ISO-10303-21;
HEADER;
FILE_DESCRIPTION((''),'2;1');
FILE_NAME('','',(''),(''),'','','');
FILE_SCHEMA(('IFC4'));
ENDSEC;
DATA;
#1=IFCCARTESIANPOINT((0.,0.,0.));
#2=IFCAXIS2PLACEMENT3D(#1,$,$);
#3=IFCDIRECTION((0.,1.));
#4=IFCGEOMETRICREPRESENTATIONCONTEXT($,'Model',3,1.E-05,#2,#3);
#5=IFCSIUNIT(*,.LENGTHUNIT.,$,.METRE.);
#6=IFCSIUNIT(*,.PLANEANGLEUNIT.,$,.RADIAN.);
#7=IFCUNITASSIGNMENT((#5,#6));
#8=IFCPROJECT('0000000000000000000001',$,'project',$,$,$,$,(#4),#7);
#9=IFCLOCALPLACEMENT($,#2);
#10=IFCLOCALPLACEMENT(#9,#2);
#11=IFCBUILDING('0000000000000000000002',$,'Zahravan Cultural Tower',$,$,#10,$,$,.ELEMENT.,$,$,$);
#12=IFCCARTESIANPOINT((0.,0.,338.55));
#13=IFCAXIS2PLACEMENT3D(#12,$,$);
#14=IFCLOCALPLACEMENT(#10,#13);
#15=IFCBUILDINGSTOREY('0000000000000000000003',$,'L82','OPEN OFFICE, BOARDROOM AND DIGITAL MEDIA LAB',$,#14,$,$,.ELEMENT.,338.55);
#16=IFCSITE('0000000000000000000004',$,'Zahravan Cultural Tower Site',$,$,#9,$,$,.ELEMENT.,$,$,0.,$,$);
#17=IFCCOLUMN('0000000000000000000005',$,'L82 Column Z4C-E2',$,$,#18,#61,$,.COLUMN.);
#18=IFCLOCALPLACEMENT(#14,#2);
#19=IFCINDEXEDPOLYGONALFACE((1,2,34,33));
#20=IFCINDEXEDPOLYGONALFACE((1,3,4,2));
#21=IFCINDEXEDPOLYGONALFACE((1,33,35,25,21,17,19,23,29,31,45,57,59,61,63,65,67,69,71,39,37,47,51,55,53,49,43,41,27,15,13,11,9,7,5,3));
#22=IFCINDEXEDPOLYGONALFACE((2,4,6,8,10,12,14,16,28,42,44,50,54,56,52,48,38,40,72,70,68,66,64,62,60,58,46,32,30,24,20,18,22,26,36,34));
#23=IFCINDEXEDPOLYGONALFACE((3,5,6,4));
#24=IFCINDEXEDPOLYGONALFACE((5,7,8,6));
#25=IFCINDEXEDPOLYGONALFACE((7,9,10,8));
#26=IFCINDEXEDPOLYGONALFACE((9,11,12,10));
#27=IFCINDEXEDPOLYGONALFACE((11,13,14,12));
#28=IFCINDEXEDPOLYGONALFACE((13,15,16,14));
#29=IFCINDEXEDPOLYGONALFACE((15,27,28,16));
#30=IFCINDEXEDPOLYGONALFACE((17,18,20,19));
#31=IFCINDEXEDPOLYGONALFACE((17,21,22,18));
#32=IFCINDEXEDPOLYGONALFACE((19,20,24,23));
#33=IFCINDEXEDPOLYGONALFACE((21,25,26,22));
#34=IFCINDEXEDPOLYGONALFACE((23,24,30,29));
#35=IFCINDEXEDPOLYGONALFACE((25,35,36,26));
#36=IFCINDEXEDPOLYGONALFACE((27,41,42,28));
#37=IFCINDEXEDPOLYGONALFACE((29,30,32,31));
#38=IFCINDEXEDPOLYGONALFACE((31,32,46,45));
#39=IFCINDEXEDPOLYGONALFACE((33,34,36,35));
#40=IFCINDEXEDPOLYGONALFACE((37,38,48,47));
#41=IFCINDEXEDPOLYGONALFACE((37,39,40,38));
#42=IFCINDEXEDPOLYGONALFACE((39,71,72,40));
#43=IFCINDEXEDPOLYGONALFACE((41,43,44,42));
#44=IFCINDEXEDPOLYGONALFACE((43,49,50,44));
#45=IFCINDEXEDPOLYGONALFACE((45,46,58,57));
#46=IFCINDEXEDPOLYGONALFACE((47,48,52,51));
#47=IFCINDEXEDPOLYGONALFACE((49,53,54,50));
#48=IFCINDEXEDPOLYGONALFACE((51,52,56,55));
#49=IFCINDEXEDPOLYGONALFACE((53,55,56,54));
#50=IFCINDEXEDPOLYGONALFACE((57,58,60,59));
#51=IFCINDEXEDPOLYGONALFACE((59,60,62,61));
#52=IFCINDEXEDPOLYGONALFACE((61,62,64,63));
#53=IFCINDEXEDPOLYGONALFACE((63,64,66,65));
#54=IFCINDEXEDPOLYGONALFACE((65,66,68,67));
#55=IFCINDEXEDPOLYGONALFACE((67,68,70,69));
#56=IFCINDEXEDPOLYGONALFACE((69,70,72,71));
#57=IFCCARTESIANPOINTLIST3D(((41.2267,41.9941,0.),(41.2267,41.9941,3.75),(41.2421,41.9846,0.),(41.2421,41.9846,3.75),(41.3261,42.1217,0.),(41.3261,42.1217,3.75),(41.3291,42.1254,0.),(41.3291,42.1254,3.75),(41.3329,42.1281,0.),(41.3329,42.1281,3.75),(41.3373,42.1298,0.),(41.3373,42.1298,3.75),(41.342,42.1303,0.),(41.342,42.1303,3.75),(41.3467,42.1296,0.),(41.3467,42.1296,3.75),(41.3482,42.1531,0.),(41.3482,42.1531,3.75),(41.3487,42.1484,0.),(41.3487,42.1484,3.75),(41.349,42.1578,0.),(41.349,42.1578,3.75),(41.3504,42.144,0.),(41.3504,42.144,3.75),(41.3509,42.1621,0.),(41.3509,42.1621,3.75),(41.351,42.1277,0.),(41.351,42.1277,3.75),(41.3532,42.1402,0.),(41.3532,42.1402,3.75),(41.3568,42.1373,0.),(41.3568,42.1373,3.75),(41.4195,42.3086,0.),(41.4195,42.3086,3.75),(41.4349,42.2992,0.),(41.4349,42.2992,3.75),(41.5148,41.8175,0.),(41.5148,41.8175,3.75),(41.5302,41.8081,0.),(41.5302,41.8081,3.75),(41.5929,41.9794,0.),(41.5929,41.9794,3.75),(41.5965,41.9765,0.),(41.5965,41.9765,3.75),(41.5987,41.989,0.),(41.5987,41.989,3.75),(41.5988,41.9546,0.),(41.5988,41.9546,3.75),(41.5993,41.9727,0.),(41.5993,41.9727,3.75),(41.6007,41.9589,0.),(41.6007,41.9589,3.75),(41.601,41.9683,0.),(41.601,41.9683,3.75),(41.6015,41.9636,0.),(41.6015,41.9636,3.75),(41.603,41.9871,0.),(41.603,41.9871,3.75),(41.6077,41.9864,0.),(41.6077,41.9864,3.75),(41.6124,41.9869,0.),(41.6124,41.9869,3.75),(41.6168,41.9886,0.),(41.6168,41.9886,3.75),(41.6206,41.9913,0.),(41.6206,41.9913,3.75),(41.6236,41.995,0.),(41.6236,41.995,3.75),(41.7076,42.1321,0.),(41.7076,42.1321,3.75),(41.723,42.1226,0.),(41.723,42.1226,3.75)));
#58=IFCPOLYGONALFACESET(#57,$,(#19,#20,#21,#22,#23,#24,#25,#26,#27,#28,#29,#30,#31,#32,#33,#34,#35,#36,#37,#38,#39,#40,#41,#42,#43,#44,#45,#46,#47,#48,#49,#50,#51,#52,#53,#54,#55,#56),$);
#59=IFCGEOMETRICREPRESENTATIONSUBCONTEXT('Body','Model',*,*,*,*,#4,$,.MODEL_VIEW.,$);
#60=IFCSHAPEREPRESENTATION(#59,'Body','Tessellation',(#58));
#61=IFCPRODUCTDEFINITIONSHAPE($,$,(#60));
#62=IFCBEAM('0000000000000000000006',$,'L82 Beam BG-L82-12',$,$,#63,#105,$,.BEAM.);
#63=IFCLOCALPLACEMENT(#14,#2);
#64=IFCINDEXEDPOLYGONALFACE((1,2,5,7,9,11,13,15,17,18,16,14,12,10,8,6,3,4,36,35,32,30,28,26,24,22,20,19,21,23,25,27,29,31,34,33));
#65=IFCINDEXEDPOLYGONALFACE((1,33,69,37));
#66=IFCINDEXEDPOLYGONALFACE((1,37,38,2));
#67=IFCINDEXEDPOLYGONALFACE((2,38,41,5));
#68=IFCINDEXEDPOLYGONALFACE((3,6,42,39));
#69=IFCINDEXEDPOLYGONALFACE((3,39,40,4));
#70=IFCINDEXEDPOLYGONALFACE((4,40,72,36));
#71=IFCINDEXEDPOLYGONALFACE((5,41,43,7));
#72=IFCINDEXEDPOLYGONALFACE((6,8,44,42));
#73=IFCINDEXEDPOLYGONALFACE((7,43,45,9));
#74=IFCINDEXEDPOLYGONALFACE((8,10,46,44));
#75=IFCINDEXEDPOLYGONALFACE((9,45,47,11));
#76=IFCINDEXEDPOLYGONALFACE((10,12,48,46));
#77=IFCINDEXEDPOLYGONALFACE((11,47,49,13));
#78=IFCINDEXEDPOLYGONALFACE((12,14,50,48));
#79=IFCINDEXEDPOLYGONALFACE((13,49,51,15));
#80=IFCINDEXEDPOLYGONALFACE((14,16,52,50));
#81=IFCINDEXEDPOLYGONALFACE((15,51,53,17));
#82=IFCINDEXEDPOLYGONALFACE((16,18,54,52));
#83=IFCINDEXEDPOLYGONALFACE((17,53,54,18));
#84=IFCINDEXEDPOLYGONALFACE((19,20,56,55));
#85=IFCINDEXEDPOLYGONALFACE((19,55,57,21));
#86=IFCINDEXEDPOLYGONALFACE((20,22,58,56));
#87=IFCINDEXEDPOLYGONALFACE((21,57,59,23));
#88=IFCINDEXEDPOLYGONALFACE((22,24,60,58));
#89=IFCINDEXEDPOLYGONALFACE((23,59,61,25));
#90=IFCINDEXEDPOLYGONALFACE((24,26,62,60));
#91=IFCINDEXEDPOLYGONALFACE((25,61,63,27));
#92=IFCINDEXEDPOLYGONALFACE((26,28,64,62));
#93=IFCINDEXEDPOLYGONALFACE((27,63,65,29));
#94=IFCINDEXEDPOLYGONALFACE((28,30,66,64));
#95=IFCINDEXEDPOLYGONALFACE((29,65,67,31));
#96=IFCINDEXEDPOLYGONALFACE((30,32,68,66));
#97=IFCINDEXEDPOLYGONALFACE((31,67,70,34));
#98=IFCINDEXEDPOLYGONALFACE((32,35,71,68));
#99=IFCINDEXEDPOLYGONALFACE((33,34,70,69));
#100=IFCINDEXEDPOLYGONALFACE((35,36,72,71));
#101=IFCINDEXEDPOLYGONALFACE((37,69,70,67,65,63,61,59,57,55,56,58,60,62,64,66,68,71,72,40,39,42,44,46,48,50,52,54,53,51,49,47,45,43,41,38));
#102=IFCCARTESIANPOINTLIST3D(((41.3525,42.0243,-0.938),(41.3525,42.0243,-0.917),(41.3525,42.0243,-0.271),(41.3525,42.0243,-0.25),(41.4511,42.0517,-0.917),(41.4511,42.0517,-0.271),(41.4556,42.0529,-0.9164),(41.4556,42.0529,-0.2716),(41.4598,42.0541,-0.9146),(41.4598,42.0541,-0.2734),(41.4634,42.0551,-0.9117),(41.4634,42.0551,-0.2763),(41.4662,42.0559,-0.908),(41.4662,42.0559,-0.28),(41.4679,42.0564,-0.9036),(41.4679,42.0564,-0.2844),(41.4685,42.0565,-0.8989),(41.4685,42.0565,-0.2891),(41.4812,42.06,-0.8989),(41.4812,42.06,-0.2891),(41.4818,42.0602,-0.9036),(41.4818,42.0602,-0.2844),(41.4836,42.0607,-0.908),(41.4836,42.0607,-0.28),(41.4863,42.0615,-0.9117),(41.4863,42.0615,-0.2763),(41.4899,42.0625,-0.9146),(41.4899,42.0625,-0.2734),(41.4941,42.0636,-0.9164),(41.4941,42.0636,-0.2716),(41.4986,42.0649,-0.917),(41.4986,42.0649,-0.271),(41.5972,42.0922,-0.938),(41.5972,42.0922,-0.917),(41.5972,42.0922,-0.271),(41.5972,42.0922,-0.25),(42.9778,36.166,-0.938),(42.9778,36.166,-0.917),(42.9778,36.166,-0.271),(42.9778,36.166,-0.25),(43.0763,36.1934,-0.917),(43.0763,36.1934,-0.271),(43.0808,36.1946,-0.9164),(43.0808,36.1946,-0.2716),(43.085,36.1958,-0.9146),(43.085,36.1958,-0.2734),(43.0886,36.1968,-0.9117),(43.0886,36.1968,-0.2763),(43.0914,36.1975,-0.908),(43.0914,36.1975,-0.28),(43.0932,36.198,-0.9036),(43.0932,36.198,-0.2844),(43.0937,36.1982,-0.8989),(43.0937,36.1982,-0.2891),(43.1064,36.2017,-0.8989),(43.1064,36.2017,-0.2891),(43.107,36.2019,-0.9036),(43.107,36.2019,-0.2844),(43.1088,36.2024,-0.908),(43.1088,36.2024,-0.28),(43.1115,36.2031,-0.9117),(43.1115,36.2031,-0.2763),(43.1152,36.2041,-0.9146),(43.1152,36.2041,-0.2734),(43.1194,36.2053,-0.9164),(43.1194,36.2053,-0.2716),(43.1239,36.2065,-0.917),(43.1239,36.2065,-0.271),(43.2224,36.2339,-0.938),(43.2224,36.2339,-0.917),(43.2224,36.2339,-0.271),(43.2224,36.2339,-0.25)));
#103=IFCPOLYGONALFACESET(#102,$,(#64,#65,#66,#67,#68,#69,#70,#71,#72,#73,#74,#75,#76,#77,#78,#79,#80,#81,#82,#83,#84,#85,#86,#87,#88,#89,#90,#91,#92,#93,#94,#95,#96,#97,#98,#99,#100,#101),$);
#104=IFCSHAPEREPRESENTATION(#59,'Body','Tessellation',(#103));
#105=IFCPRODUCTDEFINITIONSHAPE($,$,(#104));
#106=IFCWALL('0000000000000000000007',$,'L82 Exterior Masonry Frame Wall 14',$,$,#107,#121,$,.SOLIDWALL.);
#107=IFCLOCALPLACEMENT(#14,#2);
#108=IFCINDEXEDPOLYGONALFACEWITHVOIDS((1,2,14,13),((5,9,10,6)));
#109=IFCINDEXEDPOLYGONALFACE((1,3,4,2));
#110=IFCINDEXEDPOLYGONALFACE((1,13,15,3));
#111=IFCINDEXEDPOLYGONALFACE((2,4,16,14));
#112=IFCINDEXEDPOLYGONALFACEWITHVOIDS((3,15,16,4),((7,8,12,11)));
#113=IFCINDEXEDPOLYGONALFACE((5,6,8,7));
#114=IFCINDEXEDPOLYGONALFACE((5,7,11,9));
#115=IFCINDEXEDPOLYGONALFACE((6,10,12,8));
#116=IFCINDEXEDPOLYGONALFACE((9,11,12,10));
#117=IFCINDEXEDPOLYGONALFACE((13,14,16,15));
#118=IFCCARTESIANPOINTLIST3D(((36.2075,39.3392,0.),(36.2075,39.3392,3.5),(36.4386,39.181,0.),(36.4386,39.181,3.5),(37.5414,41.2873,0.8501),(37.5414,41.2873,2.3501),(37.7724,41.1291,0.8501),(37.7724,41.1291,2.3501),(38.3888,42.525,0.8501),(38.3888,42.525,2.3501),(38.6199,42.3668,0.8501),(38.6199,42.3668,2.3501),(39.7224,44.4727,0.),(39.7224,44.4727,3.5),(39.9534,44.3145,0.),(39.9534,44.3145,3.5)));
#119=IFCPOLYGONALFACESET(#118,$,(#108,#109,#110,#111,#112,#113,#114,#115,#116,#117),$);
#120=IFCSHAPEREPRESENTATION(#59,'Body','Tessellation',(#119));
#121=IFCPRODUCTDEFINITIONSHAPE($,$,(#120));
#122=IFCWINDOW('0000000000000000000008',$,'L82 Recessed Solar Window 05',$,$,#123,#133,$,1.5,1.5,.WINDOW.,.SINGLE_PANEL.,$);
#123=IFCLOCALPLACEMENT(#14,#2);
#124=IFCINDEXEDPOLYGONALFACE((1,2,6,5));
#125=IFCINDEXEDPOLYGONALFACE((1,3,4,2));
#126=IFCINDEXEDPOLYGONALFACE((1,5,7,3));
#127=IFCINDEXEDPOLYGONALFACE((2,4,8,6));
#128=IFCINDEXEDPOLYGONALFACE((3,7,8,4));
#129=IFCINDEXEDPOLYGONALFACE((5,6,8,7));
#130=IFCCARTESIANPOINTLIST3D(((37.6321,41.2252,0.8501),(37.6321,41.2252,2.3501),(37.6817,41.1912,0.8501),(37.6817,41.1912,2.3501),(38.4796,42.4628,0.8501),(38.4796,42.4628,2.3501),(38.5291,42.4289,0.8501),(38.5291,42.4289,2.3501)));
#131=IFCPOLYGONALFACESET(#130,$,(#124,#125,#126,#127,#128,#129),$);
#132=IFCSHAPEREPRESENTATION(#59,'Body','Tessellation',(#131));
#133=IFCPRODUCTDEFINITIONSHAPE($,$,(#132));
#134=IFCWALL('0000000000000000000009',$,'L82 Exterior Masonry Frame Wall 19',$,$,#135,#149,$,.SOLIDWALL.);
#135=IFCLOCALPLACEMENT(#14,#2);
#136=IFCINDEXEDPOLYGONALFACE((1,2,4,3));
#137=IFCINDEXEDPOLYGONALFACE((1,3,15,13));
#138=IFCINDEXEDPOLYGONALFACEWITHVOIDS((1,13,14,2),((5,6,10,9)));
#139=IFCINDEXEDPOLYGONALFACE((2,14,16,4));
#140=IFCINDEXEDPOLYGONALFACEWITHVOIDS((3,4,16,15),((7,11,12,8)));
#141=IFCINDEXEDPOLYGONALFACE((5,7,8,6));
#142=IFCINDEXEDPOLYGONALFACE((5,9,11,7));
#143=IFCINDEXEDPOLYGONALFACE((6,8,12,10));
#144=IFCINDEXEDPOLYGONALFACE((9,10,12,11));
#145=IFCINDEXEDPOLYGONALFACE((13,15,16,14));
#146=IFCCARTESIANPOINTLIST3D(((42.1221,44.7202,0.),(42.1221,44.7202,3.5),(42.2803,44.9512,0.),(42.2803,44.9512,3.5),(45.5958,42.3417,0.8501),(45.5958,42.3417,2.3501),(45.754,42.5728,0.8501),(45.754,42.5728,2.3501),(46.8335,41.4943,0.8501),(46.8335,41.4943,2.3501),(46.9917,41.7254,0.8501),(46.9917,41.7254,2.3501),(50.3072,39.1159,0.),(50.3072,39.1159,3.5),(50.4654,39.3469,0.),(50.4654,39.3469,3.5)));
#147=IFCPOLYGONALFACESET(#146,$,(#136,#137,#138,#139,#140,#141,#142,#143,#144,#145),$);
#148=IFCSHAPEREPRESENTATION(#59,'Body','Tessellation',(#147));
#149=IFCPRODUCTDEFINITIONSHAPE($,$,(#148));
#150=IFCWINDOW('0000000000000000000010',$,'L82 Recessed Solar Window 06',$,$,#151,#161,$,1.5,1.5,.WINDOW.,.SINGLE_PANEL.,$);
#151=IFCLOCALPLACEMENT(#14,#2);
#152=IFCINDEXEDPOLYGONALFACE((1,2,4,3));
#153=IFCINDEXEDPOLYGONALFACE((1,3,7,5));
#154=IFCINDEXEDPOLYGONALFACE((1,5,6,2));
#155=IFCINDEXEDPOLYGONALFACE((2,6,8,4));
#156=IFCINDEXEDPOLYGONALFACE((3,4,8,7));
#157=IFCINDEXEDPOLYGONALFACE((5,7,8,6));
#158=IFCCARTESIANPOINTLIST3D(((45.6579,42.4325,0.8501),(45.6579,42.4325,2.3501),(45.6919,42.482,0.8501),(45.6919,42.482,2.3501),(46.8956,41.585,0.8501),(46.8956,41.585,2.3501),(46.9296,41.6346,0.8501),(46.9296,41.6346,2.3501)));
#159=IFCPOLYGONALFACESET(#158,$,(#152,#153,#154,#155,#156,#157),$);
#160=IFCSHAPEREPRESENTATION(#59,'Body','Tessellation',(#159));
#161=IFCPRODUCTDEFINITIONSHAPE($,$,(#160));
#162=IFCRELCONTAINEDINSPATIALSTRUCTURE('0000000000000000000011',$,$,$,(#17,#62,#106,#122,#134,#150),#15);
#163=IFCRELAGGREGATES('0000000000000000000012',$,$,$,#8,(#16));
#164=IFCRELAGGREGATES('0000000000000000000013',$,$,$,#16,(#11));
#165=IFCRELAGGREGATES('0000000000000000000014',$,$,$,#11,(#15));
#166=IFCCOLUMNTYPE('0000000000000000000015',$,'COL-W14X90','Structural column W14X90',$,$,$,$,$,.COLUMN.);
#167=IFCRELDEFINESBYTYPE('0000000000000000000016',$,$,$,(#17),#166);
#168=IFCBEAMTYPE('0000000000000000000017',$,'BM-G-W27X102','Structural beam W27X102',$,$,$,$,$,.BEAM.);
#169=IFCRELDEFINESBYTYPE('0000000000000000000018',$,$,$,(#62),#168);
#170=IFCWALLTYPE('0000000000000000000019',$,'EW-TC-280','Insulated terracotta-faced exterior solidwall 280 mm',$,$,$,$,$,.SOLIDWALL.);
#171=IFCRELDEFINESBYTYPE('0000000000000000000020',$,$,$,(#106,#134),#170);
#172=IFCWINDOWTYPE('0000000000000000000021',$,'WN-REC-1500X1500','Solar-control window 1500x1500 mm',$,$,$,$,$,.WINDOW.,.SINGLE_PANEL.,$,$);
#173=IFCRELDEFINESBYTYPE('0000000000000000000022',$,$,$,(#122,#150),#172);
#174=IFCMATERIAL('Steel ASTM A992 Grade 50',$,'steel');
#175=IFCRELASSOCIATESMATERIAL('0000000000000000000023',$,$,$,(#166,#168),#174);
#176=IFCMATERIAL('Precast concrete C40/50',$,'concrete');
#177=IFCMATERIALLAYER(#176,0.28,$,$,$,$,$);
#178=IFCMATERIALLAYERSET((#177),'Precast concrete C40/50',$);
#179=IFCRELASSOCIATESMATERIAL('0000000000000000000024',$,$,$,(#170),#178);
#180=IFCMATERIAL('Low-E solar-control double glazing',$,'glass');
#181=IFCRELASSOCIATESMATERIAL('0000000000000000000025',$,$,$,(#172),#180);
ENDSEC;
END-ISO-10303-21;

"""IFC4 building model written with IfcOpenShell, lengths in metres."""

from ifc_helpers import new_model, si_unit, direction, frame, frame_2d, origin, origin_2d, place, context, subcontext, project, spatial, rectangle, i_section, extrude, source, transform, mapped, material, layer, layer_set, material_profile, profile_set, type_object, element, fill, save


model = new_model("IFC4")

# Units and contexts
model_context = context("Model", 3, precision=1e-05, world=origin(), true_north=direction((0.0, 1.0)))
body_context = subcontext(model_context, "Body", "Model", "MODEL_VIEW")
ifc_project = project(units=[si_unit("LENGTHUNIT", "METRE"), si_unit("PLANEANGLEUNIT", "RADIAN")], contexts=[model_context])

# Site, building, storey
site_placement = place(None, origin())
site = spatial("IfcSite", under=ifc_project, at=site_placement, Name="Zahravan Cultural Tower Site", CompositionType="ELEMENT", RefElevation=0.0)
building_placement = place(site_placement, origin())
building = spatial("IfcBuilding", under=site, at=building_placement, Name="Zahravan Cultural Tower", CompositionType="ELEMENT")
storey_placement = place(building_placement, frame((0.0, 0.0, 338.55)))
storey = spatial("IfcBuildingStorey", under=building, at=storey_placement, Name="L82", Description="OPEN OFFICE, BOARDROOM AND DIGITAL MEDIA LAB", CompositionType="ELEMENT", Elevation=338.55)

# Column
ifc_material_1 = material(Name="Steel ASTM A992 Grade 50", Category="steel")
ifc_material_profile_1 = material_profile(ifc_material_1, i_section(OverallWidth=0.3689, OverallDepth=0.356, WebThickness=0.0112, FlangeThickness=0.0181, FilletRadius=0.0181, at=origin_2d()), Name="W14X90")
ifc_profile_set_1 = profile_set([ifc_material_profile_1], Name="Steel ASTM A992 Grade 50")
column_type = type_object("IfcColumnType", Name="COL-W14X90", Description="Structural column W14X90", PredefinedType="COLUMN", material=ifc_profile_set_1)
shared_shape_1 = source(origin(), body_context, "Body", "SweptSolid", [
    extrude(i_section(OverallWidth=0.3689, OverallDepth=0.356, WebThickness=0.0112, FlangeThickness=0.0181, FilletRadius=0.0181, at=origin_2d()), origin(), (0.0, 0.0, 1.0), 3.75),
])
column_placement = place(storey_placement, frame((41.4749, 42.0583, 0.0), z_axis=(0.0, 0.0, 1.0), x_axis=(0.522499, 0.85264, 0.0)))
element("IfcColumn", 1, at=column_placement, inside=storey, type_object=column_type, Name="L82 Column Z4C-E2", PredefinedType="COLUMN", context=body_context, shape_type="MappedRepresentation", body=[
    mapped(shared_shape_1, transform((0.0, 0.0, 0.0), x_axis=(1.0, 0.0, 0.0), y_axis=(0.0, 1.0, 0.0), z_axis=(0.0, 0.0, 1.0), scale=1.0)),
])

# Beam
ifc_material_profile_2 = material_profile(ifc_material_1, i_section(OverallWidth=0.2539, OverallDepth=0.688, WebThickness=0.0132, FlangeThickness=0.021, FilletRadius=0.0181, at=origin_2d()), Name="W27X102")
ifc_profile_set_2 = profile_set([ifc_material_profile_2], Name="Steel ASTM A992 Grade 50")
beam_type = type_object("IfcBeamType", Name="BM-G-W27X102", Description="Structural beam W27X102", PredefinedType="BEAM", material=ifc_profile_set_2)
shared_shape_2 = source(origin(), body_context, "Body", "SweptSolid", [
    extrude(i_section(OverallWidth=0.2539, OverallDepth=0.688, WebThickness=0.0132, FlangeThickness=0.021, FilletRadius=0.0181, at=origin_2d()), origin(), (0.0, 0.0, 1.0), 6.0796),
])
beam_placement = place(storey_placement, frame((43.1001, 36.2, -0.594), z_axis=(-0.267325, 0.963606, 0.0), x_axis=(-0.963606, -0.267325, 0.0)))
element("IfcBeam", 2, at=beam_placement, inside=storey, type_object=beam_type, Name="L82 Beam BG-L82-12", PredefinedType="BEAM", context=body_context, shape_type="MappedRepresentation", body=[
    mapped(shared_shape_2, transform((0.0, 0.0, 0.0), x_axis=(1.0, 0.0, 0.0), y_axis=(0.0, 1.0, 0.0), z_axis=(0.0, 0.0, 1.0), scale=1.0)),
])

# Walls, openings, windows
ifc_material_2 = material(Name="Precast concrete C40/50", Category="concrete")
ifc_layer_1 = layer(ifc_material_2, 0.28)
ifc_layer_set_1 = layer_set([ifc_layer_1], Name="Precast concrete C40/50")
wall_type_1 = type_object("IfcWallType", Name="EW-TC-280", Description="Insulated terracotta-faced exterior solidwall 280 mm", PredefinedType="SOLIDWALL", material=ifc_layer_set_1)
wall_1_placement = place(storey_placement, frame((36.323, 39.26, 0.0), z_axis=(0.0, 0.0, 1.0), x_axis=(0.564954, 0.825122, 0.0)))
wall_1 = element("IfcWall", 3, at=wall_1_placement, inside=storey, type_object=wall_type_1, Name="L82 Exterior Masonry Frame Wall 14", PredefinedType="SOLIDWALL", context=body_context, shape_type="SweptSolid", body=[
    extrude(rectangle(XDim=6.2214, YDim=0.28, at=frame_2d((3.1108, 0.0))), origin(), (0.0, 0.0, 1.0), 3.5),
])
opening_1_placement = place(wall_1_placement, frame((2.3611, 0.0, 0.8501)))
opening_1 = element("IfcOpeningElement", 4, at=opening_1_placement, cuts=wall_1, PredefinedType="OPENING", context=body_context, shape_type="SweptSolid", body=[
    extrude(rectangle(XDim=1.5, YDim=1.5, at=frame_2d((0.75, 0.75))), frame((0.0, 0.1499, 0.0), z_axis=(0.0, -1.0, 0.0), x_axis=(1.0, 0.0, 0.0)), (0.0, 0.0, 1.0), 0.3),
])
ifc_material_3 = material(Name="Low-E solar-control double glazing", Category="glass")
window_type = type_object("IfcWindowType", Name="WN-REC-1500X1500", Description="Solar-control window 1500x1500 mm", PartitioningType="SINGLE_PANEL", PredefinedType="WINDOW", material=ifc_material_3)
shared_shape_3 = source(origin(), body_context, "Body", "SweptSolid", [
    extrude(rectangle(XDim=1.5, YDim=1.5, at=frame_2d((0.75, 0.75))), frame((0.0, 0.03, 0.0), z_axis=(0.0, -1.0, 0.0), x_axis=(1.0, 0.0, 0.0)), (0.0, 0.0, 1.0), 0.0601),
])
window_1_placement = place(opening_1_placement, origin())
window_1 = element("IfcWindow", 5, at=window_1_placement, inside=storey, type_object=window_type, Name="L82 Recessed Solar Window 05", OverallHeight=1.5, OverallWidth=1.5, PartitioningType="SINGLE_PANEL", PredefinedType="WINDOW", context=body_context, shape_type="MappedRepresentation", body=[
    mapped(shared_shape_3, transform((0.0, 0.0, 0.0), x_axis=(1.0, 0.0, 0.0), y_axis=(0.0, 1.0, 0.0), z_axis=(0.0, 0.0, 1.0), scale=1.0)),
])
fill(opening_1, window_1)
wall_2_placement = place(storey_placement, frame((42.2012, 44.8357, 0.0), z_axis=(0.0, 0.0, 1.0), x_axis=(0.825122, -0.564955, 0.0)))
wall_2 = element("IfcWall", 6, at=wall_2_placement, inside=storey, type_object=wall_type_1, Name="L82 Exterior Masonry Frame Wall 19", PredefinedType="SOLIDWALL", context=body_context, shape_type="SweptSolid", body=[
    extrude(rectangle(XDim=9.9199, YDim=0.28, at=frame_2d((4.96, 0.0))), origin(), (0.0, 0.0, 1.0), 3.5),
])
opening_2_placement = place(wall_2_placement, frame((4.21, 0.0, 0.8501)))
opening_2 = element("IfcOpeningElement", 7, at=opening_2_placement, cuts=wall_2, PredefinedType="OPENING", context=body_context, shape_type="SweptSolid", body=[
    extrude(rectangle(XDim=1.5, YDim=1.5, at=frame_2d((0.75, 0.75))), frame((0.0, 0.1499, 0.0), z_axis=(0.0, -1.0, 0.0), x_axis=(1.0, 0.0, 0.0)), (0.0, 0.0, 1.0), 0.3),
])
window_2_placement = place(opening_2_placement, origin())
window_2 = element("IfcWindow", 8, at=window_2_placement, inside=storey, type_object=window_type, Name="L82 Recessed Solar Window 06", OverallHeight=1.5, OverallWidth=1.5, PartitioningType="SINGLE_PANEL", PredefinedType="WINDOW", context=body_context, shape_type="MappedRepresentation", body=[
    mapped(shared_shape_3, transform((0.0, 0.0, 0.0), x_axis=(1.0, 0.0, 0.0), y_axis=(0.0, 1.0, 0.0), z_axis=(0.0, 0.0, 1.0), scale=1.0)),
])
fill(opening_2, window_2)

save(model, "model.ifc")
